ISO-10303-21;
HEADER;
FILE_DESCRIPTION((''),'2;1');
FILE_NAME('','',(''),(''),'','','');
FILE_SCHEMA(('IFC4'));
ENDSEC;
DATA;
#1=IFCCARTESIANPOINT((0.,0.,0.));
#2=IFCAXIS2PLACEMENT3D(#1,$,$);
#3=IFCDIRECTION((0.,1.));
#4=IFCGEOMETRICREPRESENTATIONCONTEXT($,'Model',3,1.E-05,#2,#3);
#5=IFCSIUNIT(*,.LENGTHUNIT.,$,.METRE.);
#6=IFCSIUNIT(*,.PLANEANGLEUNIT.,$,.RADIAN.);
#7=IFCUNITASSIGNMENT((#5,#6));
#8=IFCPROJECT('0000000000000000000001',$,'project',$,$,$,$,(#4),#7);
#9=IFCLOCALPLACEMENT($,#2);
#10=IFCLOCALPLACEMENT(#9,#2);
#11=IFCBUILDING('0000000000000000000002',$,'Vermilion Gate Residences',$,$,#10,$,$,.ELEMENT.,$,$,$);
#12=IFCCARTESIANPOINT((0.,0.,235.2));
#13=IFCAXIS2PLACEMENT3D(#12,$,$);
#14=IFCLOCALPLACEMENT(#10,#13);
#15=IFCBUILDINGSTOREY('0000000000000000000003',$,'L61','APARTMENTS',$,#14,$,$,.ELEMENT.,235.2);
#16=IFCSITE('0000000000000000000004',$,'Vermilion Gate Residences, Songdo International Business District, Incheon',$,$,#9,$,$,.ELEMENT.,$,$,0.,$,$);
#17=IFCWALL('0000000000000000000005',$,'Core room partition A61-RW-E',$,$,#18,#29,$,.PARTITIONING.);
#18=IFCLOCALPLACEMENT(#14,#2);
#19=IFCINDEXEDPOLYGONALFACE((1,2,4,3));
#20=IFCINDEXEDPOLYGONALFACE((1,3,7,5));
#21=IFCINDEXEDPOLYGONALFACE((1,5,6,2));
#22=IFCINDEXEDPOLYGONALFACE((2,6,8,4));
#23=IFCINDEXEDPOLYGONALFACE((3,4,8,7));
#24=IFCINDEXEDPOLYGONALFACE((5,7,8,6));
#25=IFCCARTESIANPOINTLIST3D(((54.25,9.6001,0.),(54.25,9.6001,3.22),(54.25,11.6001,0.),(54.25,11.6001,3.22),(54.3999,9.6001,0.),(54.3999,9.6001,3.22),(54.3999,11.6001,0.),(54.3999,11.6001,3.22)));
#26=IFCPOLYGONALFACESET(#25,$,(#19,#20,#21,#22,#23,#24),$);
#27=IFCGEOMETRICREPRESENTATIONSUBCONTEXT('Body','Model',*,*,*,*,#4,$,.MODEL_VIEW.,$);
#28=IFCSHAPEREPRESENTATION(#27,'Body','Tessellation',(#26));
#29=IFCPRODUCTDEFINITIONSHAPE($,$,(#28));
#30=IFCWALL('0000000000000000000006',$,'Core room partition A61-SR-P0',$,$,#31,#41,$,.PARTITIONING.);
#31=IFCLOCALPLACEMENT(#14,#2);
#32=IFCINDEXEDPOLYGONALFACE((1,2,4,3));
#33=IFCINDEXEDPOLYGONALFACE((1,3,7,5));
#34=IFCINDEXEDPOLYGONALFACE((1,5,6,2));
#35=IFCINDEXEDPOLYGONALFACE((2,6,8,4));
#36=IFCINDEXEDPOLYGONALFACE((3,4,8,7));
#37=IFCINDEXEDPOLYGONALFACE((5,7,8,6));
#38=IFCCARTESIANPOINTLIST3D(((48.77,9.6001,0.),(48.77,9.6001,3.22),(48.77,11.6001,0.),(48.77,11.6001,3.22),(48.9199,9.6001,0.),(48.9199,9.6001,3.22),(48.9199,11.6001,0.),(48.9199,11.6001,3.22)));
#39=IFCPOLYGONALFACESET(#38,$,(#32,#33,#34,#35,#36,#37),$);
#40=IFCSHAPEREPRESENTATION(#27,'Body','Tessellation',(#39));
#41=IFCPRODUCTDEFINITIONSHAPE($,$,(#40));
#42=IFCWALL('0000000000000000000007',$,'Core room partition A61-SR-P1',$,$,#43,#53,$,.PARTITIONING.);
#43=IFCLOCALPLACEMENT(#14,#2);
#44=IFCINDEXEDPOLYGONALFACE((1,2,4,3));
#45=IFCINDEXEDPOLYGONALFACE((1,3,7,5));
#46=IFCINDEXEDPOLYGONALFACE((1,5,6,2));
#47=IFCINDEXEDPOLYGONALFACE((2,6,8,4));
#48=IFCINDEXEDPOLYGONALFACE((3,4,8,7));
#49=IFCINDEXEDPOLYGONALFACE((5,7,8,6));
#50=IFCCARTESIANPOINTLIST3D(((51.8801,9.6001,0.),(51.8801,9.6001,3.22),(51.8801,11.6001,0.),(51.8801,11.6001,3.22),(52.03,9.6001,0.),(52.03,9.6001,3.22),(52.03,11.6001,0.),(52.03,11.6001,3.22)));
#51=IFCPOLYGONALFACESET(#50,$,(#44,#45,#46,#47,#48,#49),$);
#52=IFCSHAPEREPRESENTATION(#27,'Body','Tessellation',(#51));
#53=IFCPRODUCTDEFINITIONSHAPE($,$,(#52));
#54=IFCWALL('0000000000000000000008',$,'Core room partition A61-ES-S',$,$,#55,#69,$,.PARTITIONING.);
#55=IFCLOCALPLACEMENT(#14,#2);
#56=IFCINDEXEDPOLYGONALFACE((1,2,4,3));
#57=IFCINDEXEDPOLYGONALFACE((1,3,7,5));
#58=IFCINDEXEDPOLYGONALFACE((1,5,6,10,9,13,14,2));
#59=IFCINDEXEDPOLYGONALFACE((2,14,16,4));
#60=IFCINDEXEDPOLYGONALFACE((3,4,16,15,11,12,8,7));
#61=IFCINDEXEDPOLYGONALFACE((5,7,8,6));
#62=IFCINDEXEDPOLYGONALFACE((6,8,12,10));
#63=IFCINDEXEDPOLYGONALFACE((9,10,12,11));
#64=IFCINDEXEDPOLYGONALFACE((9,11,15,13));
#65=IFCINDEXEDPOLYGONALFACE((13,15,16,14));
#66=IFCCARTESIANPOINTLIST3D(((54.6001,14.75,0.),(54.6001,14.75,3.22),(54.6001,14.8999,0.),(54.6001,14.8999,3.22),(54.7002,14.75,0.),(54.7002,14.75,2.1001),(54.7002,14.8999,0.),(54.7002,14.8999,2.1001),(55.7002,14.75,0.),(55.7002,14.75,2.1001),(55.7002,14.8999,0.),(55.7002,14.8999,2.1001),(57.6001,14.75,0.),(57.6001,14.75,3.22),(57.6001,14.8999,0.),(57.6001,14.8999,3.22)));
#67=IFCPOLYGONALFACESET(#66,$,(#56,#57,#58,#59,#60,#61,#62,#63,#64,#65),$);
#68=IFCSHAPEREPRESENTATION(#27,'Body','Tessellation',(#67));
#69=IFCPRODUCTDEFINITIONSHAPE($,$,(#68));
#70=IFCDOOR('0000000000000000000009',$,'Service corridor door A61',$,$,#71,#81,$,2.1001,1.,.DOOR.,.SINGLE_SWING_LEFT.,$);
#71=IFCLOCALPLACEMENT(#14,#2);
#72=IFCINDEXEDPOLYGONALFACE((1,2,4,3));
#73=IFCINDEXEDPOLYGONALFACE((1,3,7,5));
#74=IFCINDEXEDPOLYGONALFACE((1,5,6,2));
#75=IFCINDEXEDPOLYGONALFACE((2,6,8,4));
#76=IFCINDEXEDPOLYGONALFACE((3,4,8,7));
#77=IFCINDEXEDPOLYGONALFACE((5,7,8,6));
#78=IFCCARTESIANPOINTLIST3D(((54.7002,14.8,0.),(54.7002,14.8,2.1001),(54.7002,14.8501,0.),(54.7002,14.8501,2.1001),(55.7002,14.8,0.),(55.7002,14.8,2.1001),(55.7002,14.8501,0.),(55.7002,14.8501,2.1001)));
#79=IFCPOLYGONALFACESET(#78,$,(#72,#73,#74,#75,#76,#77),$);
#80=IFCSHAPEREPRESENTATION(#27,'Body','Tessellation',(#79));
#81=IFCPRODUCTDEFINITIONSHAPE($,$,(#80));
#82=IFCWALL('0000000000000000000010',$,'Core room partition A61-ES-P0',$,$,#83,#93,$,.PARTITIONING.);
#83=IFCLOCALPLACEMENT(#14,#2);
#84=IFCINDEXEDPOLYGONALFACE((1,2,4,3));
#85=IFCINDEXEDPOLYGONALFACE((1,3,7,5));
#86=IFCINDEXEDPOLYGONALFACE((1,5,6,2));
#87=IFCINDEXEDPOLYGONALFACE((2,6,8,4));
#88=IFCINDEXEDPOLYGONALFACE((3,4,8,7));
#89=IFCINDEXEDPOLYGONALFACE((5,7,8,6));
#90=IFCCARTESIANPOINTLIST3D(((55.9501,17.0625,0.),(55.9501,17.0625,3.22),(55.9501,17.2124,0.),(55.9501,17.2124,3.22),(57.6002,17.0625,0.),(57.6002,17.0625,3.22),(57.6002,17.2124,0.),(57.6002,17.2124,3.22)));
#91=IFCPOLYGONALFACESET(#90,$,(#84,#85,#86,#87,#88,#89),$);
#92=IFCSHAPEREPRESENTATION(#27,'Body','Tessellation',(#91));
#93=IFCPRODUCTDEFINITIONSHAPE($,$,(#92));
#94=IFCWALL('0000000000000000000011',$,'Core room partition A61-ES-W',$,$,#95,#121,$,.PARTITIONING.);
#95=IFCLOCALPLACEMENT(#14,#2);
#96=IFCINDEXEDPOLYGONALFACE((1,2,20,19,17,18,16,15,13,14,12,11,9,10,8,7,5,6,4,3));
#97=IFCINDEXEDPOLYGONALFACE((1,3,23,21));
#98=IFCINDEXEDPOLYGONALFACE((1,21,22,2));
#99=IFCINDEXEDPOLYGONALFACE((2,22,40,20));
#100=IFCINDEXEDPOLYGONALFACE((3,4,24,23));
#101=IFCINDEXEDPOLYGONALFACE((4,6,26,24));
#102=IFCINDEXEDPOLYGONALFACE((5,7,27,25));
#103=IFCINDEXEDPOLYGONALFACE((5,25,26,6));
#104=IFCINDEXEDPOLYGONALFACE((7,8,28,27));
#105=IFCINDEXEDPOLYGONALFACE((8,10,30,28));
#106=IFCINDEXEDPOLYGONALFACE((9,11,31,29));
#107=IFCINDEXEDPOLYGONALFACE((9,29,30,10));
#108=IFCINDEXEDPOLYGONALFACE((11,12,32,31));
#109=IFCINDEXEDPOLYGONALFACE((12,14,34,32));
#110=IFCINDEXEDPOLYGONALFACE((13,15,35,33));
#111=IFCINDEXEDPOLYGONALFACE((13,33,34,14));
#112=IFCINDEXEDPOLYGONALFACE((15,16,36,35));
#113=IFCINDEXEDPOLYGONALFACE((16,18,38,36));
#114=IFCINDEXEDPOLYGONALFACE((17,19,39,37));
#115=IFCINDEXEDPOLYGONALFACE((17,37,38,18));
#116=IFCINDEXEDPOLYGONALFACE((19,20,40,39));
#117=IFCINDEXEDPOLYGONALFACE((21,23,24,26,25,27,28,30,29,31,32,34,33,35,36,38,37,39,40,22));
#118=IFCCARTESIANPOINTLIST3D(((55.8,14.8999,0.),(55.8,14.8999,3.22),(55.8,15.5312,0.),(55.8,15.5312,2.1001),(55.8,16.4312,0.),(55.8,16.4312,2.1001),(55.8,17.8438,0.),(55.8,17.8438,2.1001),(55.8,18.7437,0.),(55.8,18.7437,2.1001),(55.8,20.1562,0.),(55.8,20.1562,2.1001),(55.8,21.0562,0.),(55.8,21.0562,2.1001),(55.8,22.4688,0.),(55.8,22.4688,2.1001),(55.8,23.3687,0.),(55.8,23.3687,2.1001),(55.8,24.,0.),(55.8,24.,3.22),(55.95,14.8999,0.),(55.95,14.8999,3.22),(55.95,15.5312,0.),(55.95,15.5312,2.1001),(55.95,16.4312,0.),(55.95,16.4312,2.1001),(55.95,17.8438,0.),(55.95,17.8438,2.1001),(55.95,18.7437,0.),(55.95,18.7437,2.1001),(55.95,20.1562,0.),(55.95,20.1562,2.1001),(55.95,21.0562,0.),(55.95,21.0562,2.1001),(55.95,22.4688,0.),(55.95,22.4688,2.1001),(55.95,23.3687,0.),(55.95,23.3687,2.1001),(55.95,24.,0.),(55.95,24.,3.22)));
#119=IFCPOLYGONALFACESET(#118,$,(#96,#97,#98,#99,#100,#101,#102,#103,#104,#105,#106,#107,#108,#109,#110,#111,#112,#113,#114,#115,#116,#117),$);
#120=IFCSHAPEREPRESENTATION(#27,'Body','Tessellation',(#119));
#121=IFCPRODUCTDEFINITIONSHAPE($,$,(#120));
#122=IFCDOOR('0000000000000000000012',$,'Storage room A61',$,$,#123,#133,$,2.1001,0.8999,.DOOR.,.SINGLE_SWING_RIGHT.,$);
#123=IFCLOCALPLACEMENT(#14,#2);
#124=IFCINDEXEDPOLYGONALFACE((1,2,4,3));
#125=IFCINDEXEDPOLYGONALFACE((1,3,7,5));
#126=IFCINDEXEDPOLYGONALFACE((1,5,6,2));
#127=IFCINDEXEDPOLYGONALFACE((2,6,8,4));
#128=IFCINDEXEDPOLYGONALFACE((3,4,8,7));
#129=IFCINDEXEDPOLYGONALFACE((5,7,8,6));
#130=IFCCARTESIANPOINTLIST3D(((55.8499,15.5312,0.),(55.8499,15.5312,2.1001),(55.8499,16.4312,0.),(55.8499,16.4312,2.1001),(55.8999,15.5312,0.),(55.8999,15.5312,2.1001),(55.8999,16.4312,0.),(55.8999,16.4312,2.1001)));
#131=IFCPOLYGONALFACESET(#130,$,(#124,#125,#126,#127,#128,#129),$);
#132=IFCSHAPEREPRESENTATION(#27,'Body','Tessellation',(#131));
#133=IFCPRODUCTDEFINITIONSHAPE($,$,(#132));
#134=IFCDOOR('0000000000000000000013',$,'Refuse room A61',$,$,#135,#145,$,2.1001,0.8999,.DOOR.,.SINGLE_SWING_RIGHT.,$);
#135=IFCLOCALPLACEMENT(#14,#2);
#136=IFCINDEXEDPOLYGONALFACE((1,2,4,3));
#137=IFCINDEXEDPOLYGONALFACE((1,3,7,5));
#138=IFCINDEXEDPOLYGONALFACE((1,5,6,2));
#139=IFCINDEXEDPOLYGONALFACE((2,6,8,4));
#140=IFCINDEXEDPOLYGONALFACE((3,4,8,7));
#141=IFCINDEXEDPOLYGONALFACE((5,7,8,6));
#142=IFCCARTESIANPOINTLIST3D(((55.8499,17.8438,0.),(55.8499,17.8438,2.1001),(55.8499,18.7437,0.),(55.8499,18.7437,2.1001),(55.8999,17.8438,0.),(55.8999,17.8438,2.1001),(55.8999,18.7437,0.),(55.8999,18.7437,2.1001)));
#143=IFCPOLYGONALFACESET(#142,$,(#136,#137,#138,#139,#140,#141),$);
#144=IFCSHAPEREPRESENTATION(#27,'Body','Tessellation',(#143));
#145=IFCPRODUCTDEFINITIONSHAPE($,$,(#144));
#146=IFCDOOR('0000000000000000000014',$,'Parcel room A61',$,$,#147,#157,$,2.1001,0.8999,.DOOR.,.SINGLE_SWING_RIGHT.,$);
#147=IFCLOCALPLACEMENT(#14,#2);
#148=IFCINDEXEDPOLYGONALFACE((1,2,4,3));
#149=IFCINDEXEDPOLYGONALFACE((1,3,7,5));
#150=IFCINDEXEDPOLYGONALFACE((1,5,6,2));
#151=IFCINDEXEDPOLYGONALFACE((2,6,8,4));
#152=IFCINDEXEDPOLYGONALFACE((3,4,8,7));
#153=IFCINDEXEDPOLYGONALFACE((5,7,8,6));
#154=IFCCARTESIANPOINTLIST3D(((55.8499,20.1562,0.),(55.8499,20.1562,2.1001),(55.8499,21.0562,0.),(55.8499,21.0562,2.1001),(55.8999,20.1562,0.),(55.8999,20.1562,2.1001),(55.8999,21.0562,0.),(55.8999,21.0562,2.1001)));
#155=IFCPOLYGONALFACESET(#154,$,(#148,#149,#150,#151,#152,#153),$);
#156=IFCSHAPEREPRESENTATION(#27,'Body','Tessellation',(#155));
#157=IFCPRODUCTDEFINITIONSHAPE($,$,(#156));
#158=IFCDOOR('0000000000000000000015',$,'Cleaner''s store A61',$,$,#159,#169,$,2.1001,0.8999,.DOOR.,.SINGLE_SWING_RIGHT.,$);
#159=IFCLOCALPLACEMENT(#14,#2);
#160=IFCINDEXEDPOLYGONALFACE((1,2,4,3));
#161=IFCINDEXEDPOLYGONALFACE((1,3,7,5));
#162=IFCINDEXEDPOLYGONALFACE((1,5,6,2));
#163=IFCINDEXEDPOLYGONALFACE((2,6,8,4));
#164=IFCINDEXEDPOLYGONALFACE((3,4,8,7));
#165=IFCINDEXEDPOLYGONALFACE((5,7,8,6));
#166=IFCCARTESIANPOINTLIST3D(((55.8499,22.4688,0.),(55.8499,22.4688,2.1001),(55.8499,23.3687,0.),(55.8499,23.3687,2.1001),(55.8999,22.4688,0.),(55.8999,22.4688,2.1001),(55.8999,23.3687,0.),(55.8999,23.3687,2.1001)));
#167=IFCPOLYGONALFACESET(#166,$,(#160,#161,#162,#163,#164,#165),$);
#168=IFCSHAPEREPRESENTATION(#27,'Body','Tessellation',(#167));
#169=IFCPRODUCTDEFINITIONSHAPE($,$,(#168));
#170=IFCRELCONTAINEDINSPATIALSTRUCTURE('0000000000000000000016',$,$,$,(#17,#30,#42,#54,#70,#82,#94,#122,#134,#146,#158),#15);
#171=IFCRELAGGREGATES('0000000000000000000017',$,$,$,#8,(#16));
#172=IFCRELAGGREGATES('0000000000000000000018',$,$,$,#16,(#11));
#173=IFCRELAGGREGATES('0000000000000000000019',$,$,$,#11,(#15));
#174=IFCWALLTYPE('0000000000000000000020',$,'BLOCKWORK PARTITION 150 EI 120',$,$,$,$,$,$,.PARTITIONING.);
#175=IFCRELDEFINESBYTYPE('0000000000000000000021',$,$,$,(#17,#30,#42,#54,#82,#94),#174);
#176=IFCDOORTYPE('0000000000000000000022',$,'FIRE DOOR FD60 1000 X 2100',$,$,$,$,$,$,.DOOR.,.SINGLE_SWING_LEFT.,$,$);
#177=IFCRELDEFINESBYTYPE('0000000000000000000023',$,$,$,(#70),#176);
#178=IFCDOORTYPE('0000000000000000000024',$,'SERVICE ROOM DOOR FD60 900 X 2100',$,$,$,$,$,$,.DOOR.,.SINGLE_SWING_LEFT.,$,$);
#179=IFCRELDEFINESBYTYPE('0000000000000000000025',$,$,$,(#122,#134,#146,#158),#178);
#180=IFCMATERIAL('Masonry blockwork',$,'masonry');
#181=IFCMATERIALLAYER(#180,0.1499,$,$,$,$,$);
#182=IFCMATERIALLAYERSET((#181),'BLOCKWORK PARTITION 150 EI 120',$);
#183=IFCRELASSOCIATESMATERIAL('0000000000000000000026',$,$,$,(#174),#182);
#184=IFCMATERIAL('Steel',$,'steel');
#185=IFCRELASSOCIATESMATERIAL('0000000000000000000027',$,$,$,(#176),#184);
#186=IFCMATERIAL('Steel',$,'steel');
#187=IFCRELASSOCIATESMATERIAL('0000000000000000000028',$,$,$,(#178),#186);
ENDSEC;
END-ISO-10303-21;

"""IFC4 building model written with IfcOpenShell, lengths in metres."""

from ifc_helpers import new_model, si_unit, direction, frame, frame_2d, origin, place, context, subcontext, project, spatial, rectangle, extrude, material, layer, layer_set, type_object, element, fill, save


model = new_model("IFC4")

# Units and contexts
model_context = context("Model", 3, precision=1e-05, world=origin(), true_north=direction((0.0, 1.0)))
body_context = subcontext(model_context, "Body", "Model", "MODEL_VIEW")
ifc_project = project(units=[si_unit("LENGTHUNIT", "METRE"), si_unit("PLANEANGLEUNIT", "RADIAN")], contexts=[model_context])

# Site, building, storey
site_placement = place(None, origin())
site = spatial("IfcSite", under=ifc_project, at=site_placement, Name="Vermilion Gate Residences, Songdo International Business District, Incheon", CompositionType="ELEMENT", RefElevation=0.0)
building_placement = place(site_placement, origin())
building = spatial("IfcBuilding", under=site, at=building_placement, Name="Vermilion Gate Residences", CompositionType="ELEMENT")
storey_placement = place(building_placement, frame((0.0, 0.0, 235.2)))
storey = spatial("IfcBuildingStorey", under=building, at=storey_placement, Name="L61", Description="APARTMENTS", CompositionType="ELEMENT", Elevation=235.2)

# Walls
ifc_material_1 = material(Name="Masonry blockwork", Category="masonry")
ifc_layer_1 = layer(ifc_material_1, 0.1499)
ifc_layer_set_1 = layer_set([ifc_layer_1], Name="BLOCKWORK PARTITION 150 EI 120")
wall_type_1 = type_object("IfcWallType", Name="BLOCKWORK PARTITION 150 EI 120", PredefinedType="PARTITIONING", material=ifc_layer_set_1)
for number, where, z_axis, x_axis, name in (
    (1, (54.325, 9.6001, 0.0), (0.0, 0.0, 1.0), (0.0, 1.0, 0.0), "Core room partition A61-RW-E"),
    (2, (48.845, 9.6001, 0.0), (0.0, 0.0, 1.0), (0.0, 1.0, 0.0), "Core room partition A61-SR-P0"),
    (3, (51.9551, 9.6001, 0.0), (0.0, 0.0, 1.0), (0.0, 1.0, 0.0), "Core room partition A61-SR-P1"),
):
    element("IfcWall", number, at=place(storey_placement, frame(where, z_axis=z_axis, x_axis=x_axis)), inside=storey, type_object=wall_type_1, Name=name, PredefinedType="PARTITIONING", context=body_context, shape_type="SweptSolid", body=[
        extrude(rectangle(XDim=2.0, YDim=0.1499, at=frame_2d((1.0, 0.0))), origin(), (0.0, 0.0, 1.0), 3.22),
    ])

# Wall, opening, door
wall_1_placement = place(storey_placement, frame((54.6001, 14.825, 0.0), z_axis=(0.0, 0.0, 1.0), x_axis=(1.0, 0.0, 0.0)))
wall_1 = element("IfcWall", 4, at=wall_1_placement, inside=storey, type_object=wall_type_1, Name="Core room partition A61-ES-S", PredefinedType="PARTITIONING", context=body_context, shape_type="SweptSolid", body=[
    extrude(rectangle(XDim=3.0, YDim=0.1499, at=frame_2d((1.5, 0.0))), origin(), (0.0, 0.0, 1.0), 3.22),
])
opening_1_placement = place(wall_1_placement, frame((0.1001, 0.0, 0.0)))
opening_1 = element("IfcOpeningElement", 5, at=opening_1_placement, cuts=wall_1, PredefinedType="OPENING", context=body_context, shape_type="SweptSolid", body=[
    extrude(rectangle(XDim=1.0, YDim=2.1001, at=frame_2d((0.5, 1.05))), frame((0.0, 0.085, 0.0), z_axis=(0.0, -1.0, 0.0), x_axis=(1.0, 0.0, 0.0)), (0.0, 0.0, 1.0), 0.1699),
])
ifc_material_2 = material(Name="Steel", Category="steel")
door_type_1 = type_object("IfcDoorType", Name="FIRE DOOR FD60 1000 X 2100", OperationType="SINGLE_SWING_LEFT", PredefinedType="DOOR", material=ifc_material_2)
door_1_placement = place(opening_1_placement, frame((1.0, 0.0, 0.0), z_axis=(0.0, 0.0, 1.0), x_axis=(-1.0, 0.0, 0.0)))
door_1 = element("IfcDoor", 6, at=door_1_placement, inside=storey, type_object=door_type_1, Name="Service corridor door A61", OperationType="SINGLE_SWING_LEFT", OverallHeight=2.1001, OverallWidth=1.0, PredefinedType="DOOR", context=body_context, shape_type="SweptSolid", body=[
    extrude(rectangle(XDim=1.0, YDim=2.1001, at=frame_2d((0.5, 1.05))), frame((0.0, 0.0249, 0.0), z_axis=(0.0, -1.0, 0.0), x_axis=(1.0, 0.0, 0.0)), (0.0, 0.0, 1.0), 0.05),
])
fill(opening_1, door_1)

# Wall
wall_2_placement = place(storey_placement, frame((55.95, 17.1375, 0.0), z_axis=(0.0, 0.0, 1.0), x_axis=(1.0, 0.0, 0.0)))
element("IfcWall", 7, at=wall_2_placement, inside=storey, type_object=wall_type_1, Name="Core room partition A61-ES-P0", PredefinedType="PARTITIONING", context=body_context, shape_type="SweptSolid", body=[
    extrude(rectangle(XDim=1.6501, YDim=0.1499, at=frame_2d((0.8252, 0.0))), origin(), (0.0, 0.0, 1.0), 3.22),
])

# Wall, openings, doors
wall_3_placement = place(storey_placement, frame((55.875, 14.8999, 0.0), z_axis=(0.0, 0.0, 1.0), x_axis=(0.0, 1.0, 0.0)))
wall_3 = element("IfcWall", 8, at=wall_3_placement, inside=storey, type_object=wall_type_1, Name="Core room partition A61-ES-W", PredefinedType="PARTITIONING", context=body_context, shape_type="SweptSolid", body=[
    extrude(rectangle(XDim=9.1001, YDim=0.1499, at=frame_2d((4.55, 0.0))), origin(), (0.0, 0.0, 1.0), 3.22),
])
opening_2_placement = place(wall_3_placement, frame((0.6313, 0.0, 0.0)))
opening_2 = element("IfcOpeningElement", 9, at=opening_2_placement, cuts=wall_3, PredefinedType="OPENING", context=body_context, shape_type="SweptSolid", body=[
    extrude(rectangle(XDim=0.8999, YDim=2.1001, at=frame_2d((0.45, 1.05))), frame((0.0, 0.085, 0.0), z_axis=(0.0, -1.0, 0.0), x_axis=(1.0, 0.0, 0.0)), (0.0, 0.0, 1.0), 0.1699),
])
opening_3_placement = place(wall_3_placement, frame((2.9438, 0.0, 0.0)))
opening_3 = element("IfcOpeningElement", 10, at=opening_3_placement, cuts=wall_3, PredefinedType="OPENING", context=body_context, shape_type="SweptSolid", body=[
    extrude(rectangle(XDim=0.8999, YDim=2.1001, at=frame_2d((0.45, 1.05))), frame((0.0, 0.085, 0.0), z_axis=(0.0, -1.0, 0.0), x_axis=(1.0, 0.0, 0.0)), (0.0, 0.0, 1.0), 0.1699),
])
opening_4_placement = place(wall_3_placement, frame((5.2563, 0.0, 0.0)))
opening_4 = element("IfcOpeningElement", 11, at=opening_4_placement, cuts=wall_3, PredefinedType="OPENING", context=body_context, shape_type="SweptSolid", body=[
    extrude(rectangle(XDim=0.8999, YDim=2.1001, at=frame_2d((0.45, 1.05))), frame((0.0, 0.085, 0.0), z_axis=(0.0, -1.0, 0.0), x_axis=(1.0, 0.0, 0.0)), (0.0, 0.0, 1.0), 0.1699),
])
opening_5_placement = place(wall_3_placement, frame((7.5688, 0.0, 0.0)))
opening_5 = element("IfcOpeningElement", 12, at=opening_5_placement, cuts=wall_3, PredefinedType="OPENING", context=body_context, shape_type="SweptSolid", body=[
    extrude(rectangle(XDim=0.8999, YDim=2.1001, at=frame_2d((0.45, 1.05))), frame((0.0, 0.085, 0.0), z_axis=(0.0, -1.0, 0.0), x_axis=(1.0, 0.0, 0.0)), (0.0, 0.0, 1.0), 0.1699),
])
ifc_material_3 = material(Name="Steel", Category="steel")
door_type_2 = type_object("IfcDoorType", Name="SERVICE ROOM DOOR FD60 900 X 2100", OperationType="SINGLE_SWING_LEFT", PredefinedType="DOOR", material=ifc_material_3)
door_2_placement = place(opening_2_placement, frame((0.8999, 0.0, 0.0), z_axis=(0.0, 0.0, 1.0), x_axis=(-1.0, 0.0, 0.0)))
door_2 = element("IfcDoor", 13, at=door_2_placement, inside=storey, type_object=door_type_2, Name="Storage room A61", OperationType="SINGLE_SWING_RIGHT", OverallHeight=2.1001, OverallWidth=0.8999, PredefinedType="DOOR", context=body_context, shape_type="SweptSolid", body=[
    extrude(rectangle(XDim=0.8999, YDim=2.1001, at=frame_2d((0.45, 1.05))), frame((0.0, 0.0249, 0.0), z_axis=(0.0, -1.0, 0.0), x_axis=(1.0, 0.0, 0.0)), (0.0, 0.0, 1.0), 0.05),
])
fill(opening_2, door_2)
door_3_placement = place(opening_3_placement, frame((0.8999, 0.0, 0.0), z_axis=(0.0, 0.0, 1.0), x_axis=(-1.0, 0.0, 0.0)))
door_3 = element("IfcDoor", 14, at=door_3_placement, inside=storey, type_object=door_type_2, Name="Refuse room A61", OperationType="SINGLE_SWING_RIGHT", OverallHeight=2.1001, OverallWidth=0.8999, PredefinedType="DOOR", context=body_context, shape_type="SweptSolid", body=[
    extrude(rectangle(XDim=0.8999, YDim=2.1001, at=frame_2d((0.45, 1.05))), frame((0.0, 0.0249, 0.0), z_axis=(0.0, -1.0, 0.0), x_axis=(1.0, 0.0, 0.0)), (0.0, 0.0, 1.0), 0.05),
])
fill(opening_3, door_3)
door_4_placement = place(opening_4_placement, frame((0.8999, 0.0, 0.0), z_axis=(0.0, 0.0, 1.0), x_axis=(-1.0, 0.0, 0.0)))
door_4 = element("IfcDoor", 15, at=door_4_placement, inside=storey, type_object=door_type_2, Name="Parcel room A61", OperationType="SINGLE_SWING_RIGHT", OverallHeight=2.1001, OverallWidth=0.8999, PredefinedType="DOOR", context=body_context, shape_type="SweptSolid", body=[
    extrude(rectangle(XDim=0.8999, YDim=2.1001, at=frame_2d((0.45, 1.05))), frame((0.0, 0.0249, 0.0), z_axis=(0.0, -1.0, 0.0), x_axis=(1.0, 0.0, 0.0)), (0.0, 0.0, 1.0), 0.05),
])
fill(opening_4, door_4)
door_5_placement = place(opening_5_placement, frame((0.8999, 0.0, 0.0), z_axis=(0.0, 0.0, 1.0), x_axis=(-1.0, 0.0, 0.0)))
door_5 = element("IfcDoor", 16, at=door_5_placement, inside=storey, type_object=door_type_2, Name="Cleaner's store A61", OperationType="SINGLE_SWING_RIGHT", OverallHeight=2.1001, OverallWidth=0.8999, PredefinedType="DOOR", context=body_context, shape_type="SweptSolid", body=[
    extrude(rectangle(XDim=0.8999, YDim=2.1001, at=frame_2d((0.45, 1.05))), frame((0.0, 0.0249, 0.0), z_axis=(0.0, -1.0, 0.0), x_axis=(1.0, 0.0, 0.0)), (0.0, 0.0, 1.0), 0.05),
])
fill(opening_5, door_5)

save(model, "model.ifc")
